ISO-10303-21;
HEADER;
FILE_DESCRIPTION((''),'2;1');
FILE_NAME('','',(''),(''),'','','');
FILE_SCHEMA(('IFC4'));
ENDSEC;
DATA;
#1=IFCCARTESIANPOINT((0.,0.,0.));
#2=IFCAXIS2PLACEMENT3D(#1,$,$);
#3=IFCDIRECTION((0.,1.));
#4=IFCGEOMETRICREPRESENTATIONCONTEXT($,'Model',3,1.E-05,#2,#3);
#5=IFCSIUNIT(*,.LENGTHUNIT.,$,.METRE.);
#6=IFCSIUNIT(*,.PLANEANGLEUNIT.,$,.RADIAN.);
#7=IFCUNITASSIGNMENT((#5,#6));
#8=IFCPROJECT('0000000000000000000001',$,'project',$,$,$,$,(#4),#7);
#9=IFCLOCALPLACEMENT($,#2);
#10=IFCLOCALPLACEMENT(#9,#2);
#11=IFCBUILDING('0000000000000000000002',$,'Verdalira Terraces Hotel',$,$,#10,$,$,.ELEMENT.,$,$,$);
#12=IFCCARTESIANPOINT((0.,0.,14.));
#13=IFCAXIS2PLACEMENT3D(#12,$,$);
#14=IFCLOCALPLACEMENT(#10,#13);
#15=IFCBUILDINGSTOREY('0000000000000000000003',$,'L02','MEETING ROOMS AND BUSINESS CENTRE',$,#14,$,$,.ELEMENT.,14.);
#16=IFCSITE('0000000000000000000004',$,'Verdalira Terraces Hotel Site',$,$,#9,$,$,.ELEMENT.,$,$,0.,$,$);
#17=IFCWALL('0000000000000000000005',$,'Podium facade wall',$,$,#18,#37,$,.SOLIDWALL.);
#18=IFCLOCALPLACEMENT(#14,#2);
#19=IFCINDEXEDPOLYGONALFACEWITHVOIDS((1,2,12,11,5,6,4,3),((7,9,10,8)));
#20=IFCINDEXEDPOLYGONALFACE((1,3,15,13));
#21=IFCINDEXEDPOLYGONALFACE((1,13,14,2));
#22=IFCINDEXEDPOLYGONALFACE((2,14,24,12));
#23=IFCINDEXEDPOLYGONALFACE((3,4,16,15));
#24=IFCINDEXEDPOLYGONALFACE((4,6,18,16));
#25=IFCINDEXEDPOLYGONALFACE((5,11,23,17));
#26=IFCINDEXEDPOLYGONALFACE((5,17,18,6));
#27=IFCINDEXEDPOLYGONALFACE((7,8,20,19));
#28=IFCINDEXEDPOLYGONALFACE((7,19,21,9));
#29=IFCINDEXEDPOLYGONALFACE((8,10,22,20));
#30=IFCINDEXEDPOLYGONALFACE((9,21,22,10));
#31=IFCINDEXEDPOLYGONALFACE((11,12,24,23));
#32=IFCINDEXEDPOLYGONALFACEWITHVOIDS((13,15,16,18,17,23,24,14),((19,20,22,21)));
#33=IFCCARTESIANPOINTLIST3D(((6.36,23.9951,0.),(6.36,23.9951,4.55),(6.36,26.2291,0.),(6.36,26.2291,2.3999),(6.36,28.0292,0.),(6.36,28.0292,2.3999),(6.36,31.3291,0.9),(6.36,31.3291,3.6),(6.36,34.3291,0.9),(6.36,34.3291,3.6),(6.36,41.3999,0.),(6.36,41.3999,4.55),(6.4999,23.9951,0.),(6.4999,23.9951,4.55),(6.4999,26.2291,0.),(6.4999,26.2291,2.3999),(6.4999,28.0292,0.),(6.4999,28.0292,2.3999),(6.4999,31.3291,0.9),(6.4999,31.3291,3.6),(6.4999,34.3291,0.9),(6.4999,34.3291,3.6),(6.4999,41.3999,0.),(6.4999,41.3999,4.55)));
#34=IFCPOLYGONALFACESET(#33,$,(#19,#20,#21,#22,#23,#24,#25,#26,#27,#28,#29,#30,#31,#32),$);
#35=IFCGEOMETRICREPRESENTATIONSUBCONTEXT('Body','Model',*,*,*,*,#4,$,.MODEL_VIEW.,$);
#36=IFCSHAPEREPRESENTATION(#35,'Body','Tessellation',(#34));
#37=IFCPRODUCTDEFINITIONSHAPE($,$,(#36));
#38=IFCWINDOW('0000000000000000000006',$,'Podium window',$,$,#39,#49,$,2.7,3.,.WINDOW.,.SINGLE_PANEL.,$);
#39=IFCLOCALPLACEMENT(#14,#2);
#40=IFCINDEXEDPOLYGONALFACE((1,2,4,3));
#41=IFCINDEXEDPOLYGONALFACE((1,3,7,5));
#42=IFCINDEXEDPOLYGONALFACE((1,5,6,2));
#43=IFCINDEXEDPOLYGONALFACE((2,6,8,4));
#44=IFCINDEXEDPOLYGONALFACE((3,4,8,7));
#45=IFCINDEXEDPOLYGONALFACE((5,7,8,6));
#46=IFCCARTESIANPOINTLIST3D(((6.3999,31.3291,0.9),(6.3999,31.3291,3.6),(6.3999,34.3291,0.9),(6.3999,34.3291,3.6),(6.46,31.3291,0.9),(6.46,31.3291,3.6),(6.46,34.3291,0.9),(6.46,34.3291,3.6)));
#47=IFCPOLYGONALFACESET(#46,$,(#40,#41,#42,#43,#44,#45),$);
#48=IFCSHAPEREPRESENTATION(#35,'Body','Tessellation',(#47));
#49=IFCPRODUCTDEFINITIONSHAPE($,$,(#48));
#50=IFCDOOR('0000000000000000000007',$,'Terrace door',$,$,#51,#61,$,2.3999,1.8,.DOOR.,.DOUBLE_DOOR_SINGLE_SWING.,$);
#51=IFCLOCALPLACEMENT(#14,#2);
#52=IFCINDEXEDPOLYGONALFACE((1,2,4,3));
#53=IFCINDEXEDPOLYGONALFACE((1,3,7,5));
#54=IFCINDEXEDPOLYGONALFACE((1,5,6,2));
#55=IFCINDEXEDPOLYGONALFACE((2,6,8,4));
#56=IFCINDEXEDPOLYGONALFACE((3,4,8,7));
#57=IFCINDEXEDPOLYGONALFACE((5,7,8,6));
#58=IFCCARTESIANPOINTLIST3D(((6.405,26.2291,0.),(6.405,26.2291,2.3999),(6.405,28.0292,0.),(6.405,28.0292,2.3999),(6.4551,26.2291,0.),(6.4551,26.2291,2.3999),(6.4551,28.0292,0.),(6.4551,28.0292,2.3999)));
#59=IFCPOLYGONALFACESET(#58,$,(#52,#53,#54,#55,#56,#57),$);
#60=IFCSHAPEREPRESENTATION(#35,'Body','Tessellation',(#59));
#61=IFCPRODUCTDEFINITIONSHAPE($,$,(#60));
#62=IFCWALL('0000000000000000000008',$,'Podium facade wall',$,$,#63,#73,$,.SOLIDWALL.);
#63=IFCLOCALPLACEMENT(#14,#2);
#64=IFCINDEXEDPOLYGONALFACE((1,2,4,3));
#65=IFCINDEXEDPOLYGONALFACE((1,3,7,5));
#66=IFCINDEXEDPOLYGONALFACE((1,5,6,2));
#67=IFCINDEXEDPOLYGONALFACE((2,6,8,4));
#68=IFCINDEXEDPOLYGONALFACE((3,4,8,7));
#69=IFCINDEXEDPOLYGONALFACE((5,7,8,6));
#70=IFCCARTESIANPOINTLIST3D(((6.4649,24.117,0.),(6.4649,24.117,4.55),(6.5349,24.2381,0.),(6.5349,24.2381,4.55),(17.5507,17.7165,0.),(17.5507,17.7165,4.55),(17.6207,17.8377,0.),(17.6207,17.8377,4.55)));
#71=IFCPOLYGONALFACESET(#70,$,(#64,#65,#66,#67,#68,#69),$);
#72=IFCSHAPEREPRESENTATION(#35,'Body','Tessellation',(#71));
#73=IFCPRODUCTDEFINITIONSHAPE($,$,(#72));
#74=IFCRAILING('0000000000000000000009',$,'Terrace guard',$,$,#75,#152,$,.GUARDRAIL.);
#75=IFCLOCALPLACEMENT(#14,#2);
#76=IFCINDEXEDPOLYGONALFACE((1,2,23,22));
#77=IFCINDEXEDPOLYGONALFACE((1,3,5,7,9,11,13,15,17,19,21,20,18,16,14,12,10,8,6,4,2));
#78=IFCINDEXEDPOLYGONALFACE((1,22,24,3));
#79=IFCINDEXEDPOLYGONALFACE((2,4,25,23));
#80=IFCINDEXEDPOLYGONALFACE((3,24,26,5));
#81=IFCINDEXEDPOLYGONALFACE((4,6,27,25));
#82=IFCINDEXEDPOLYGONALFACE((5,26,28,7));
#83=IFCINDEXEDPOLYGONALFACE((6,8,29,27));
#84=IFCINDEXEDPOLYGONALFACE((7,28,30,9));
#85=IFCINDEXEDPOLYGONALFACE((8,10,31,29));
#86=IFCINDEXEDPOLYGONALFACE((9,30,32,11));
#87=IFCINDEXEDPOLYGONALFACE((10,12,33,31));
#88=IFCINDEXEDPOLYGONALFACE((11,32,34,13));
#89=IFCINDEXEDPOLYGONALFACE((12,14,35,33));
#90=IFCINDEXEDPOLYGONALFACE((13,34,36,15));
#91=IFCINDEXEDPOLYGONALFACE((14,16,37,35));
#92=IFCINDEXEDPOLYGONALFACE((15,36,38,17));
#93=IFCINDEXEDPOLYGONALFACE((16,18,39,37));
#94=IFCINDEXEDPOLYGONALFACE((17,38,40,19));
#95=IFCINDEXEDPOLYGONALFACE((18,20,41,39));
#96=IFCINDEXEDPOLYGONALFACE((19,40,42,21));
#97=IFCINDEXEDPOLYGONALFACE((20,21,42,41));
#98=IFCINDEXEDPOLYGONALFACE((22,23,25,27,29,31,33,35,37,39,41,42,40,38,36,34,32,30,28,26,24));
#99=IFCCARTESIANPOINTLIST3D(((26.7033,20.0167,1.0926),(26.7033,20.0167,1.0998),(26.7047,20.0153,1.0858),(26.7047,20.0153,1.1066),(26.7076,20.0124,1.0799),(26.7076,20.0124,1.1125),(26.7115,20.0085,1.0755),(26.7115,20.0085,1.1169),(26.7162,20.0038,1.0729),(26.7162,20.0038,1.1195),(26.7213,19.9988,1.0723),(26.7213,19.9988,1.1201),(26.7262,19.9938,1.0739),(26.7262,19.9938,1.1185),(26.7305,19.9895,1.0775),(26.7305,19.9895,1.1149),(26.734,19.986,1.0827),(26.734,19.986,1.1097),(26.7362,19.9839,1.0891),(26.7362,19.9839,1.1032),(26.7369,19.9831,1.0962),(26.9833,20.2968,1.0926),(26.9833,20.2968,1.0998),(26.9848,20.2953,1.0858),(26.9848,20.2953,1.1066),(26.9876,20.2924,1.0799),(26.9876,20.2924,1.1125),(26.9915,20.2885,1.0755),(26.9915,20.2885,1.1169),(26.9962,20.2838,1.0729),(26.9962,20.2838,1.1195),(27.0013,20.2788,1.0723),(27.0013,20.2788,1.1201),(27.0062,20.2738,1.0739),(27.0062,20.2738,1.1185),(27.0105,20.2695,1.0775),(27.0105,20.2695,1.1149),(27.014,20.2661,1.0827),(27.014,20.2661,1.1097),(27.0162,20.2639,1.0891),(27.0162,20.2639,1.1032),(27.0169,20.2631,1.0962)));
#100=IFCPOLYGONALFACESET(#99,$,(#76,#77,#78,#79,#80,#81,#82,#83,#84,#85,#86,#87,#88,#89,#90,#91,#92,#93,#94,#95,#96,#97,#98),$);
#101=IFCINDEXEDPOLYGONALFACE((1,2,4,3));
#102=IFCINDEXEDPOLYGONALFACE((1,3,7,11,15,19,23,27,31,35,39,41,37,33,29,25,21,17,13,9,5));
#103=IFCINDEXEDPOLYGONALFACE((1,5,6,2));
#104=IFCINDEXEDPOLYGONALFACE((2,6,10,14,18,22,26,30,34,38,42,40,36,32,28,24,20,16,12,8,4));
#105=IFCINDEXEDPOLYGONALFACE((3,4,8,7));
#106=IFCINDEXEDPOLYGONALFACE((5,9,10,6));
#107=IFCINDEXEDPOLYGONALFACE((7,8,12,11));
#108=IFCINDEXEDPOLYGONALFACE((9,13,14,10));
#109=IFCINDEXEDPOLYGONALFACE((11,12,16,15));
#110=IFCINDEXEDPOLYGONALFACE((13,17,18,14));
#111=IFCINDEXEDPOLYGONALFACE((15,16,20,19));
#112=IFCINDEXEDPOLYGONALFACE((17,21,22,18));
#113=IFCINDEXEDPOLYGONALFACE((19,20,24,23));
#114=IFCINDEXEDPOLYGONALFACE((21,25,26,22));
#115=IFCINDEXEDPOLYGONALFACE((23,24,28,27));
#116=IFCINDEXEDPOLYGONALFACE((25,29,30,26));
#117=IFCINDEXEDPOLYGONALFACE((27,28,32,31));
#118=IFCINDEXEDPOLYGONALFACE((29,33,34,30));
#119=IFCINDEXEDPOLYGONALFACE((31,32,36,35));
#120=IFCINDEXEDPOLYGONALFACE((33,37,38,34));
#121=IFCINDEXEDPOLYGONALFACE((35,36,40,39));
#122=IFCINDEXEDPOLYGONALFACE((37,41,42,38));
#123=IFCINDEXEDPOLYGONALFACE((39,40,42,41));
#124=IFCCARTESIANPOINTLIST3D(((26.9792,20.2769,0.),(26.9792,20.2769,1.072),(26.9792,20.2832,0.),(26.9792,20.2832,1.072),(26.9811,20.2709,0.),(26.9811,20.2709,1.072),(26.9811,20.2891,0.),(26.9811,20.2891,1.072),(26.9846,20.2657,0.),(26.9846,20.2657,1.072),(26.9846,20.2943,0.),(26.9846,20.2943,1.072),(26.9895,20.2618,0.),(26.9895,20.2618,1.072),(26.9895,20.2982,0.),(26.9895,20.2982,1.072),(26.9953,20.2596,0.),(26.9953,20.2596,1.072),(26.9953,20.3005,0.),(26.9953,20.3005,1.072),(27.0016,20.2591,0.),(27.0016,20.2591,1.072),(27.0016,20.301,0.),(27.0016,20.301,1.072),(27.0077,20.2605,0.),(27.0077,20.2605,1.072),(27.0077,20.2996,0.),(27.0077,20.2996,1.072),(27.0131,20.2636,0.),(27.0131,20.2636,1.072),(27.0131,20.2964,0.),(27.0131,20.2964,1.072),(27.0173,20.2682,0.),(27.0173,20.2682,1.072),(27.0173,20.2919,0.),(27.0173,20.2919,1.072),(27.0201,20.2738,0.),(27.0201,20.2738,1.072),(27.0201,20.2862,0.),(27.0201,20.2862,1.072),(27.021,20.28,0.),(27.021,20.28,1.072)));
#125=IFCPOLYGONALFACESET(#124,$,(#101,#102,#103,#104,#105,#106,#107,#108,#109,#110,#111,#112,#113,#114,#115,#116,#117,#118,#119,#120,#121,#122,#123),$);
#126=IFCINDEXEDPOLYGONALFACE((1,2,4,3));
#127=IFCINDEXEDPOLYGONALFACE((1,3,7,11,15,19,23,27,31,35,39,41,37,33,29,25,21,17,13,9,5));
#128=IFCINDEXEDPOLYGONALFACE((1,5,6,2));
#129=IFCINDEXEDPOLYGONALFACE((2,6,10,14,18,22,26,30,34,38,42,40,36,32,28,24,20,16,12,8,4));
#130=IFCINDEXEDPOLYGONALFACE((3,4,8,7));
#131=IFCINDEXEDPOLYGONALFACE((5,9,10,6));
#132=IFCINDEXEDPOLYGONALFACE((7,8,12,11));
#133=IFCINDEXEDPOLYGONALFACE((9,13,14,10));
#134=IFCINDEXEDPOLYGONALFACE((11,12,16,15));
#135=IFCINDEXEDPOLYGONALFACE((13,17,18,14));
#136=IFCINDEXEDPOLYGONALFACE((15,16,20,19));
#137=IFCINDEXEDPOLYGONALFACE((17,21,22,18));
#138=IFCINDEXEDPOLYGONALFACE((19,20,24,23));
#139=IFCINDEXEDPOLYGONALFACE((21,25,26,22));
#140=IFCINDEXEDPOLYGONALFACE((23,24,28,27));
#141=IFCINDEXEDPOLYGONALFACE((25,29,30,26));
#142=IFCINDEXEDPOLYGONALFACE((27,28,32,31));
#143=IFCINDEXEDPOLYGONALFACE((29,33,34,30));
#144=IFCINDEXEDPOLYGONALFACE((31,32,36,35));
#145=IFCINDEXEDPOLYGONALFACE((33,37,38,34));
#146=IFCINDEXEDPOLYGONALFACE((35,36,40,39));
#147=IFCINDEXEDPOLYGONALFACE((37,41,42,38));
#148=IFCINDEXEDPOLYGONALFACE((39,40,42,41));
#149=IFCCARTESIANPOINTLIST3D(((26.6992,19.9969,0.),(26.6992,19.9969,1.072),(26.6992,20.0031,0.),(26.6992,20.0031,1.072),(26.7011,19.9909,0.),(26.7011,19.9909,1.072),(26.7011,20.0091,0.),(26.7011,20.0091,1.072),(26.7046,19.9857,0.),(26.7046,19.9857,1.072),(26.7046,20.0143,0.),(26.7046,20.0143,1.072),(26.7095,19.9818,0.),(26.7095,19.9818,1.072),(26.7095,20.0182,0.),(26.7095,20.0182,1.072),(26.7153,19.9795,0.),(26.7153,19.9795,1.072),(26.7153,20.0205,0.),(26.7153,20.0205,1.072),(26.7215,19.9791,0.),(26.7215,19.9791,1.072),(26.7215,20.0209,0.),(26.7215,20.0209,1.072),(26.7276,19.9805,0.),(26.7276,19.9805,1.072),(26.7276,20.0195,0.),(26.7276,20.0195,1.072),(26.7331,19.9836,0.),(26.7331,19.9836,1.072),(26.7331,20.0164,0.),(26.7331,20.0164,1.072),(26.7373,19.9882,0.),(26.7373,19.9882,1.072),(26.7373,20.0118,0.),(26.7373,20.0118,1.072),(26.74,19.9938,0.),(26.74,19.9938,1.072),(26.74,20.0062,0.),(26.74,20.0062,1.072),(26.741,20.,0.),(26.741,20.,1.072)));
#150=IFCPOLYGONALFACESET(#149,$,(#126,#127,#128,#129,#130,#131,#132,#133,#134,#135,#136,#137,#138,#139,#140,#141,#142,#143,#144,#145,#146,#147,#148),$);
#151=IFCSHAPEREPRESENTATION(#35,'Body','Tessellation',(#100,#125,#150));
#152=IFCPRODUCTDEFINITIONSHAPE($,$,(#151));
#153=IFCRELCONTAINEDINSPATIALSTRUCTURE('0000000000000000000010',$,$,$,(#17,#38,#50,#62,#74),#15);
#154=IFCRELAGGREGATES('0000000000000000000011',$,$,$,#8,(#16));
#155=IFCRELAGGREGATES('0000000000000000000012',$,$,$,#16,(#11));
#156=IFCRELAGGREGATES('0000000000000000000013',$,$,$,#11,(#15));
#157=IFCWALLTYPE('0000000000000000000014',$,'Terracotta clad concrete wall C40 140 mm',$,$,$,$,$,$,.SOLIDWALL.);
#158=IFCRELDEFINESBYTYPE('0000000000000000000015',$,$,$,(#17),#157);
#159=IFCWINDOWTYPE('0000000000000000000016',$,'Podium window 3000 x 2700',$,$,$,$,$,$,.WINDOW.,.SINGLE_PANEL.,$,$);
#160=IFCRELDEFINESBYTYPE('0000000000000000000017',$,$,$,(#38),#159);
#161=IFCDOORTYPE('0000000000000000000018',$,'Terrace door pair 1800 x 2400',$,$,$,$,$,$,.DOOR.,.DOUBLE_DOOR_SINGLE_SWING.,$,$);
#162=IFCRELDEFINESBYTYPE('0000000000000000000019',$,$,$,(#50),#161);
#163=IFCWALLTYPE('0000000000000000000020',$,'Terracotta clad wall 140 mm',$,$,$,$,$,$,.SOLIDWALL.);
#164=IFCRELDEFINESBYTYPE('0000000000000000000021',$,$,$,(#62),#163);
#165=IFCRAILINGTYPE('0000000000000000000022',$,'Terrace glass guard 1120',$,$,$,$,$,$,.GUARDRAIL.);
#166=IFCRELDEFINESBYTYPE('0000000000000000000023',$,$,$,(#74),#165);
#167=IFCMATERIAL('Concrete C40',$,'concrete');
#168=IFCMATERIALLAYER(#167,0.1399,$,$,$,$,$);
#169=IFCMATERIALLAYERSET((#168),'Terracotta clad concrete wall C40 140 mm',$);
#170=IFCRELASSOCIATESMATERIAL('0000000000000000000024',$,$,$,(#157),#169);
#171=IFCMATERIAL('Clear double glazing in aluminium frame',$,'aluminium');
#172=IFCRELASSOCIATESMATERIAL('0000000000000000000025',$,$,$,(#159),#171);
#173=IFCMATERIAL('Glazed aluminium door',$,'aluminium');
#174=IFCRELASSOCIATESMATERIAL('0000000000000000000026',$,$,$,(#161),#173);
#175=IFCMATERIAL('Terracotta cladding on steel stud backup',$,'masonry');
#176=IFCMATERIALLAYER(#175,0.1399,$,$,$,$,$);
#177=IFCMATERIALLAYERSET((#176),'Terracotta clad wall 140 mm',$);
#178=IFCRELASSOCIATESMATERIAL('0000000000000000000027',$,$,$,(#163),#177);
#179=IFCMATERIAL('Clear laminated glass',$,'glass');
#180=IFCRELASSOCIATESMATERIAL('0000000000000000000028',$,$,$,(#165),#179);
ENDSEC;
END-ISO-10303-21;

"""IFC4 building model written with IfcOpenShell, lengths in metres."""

from ifc_helpers import new_model, si_unit, direction, frame, frame_2d, origin, origin_2d, place, context, subcontext, project, spatial, rectangle, circle, extrude, material, layer, layer_set, type_object, element, fill, save


model = new_model("IFC4")

# Units and contexts
model_context = context("Model", 3, precision=1e-05, world=origin(), true_north=direction((0.0, 1.0)))
body_context = subcontext(model_context, "Body", "Model", "MODEL_VIEW")
ifc_project = project(units=[si_unit("LENGTHUNIT", "METRE"), si_unit("PLANEANGLEUNIT", "RADIAN")], contexts=[model_context])

# Site, building, storey
site_placement = place(None, origin())
site = spatial("IfcSite", under=ifc_project, at=site_placement, Name="Verdalira Terraces Hotel Site", CompositionType="ELEMENT", RefElevation=0.0)
building_placement = place(site_placement, origin())
building = spatial("IfcBuilding", under=site, at=building_placement, Name="Verdalira Terraces Hotel", CompositionType="ELEMENT")
storey_placement = place(building_placement, frame((0.0, 0.0, 14.0)))
storey = spatial("IfcBuildingStorey", under=building, at=storey_placement, Name="L02", Description="MEETING ROOMS AND BUSINESS CENTRE", CompositionType="ELEMENT", Elevation=14.0)

# Wall, openings, window, door
ifc_material_1 = material(Name="Concrete C40", Category="concrete")
ifc_layer_1 = layer(ifc_material_1, 0.1399)
ifc_layer_set_1 = layer_set([ifc_layer_1], Name="Terracotta clad concrete wall C40 140 mm")
wall_type_1 = type_object("IfcWallType", Name="Terracotta clad concrete wall C40 140 mm", PredefinedType="SOLIDWALL", material=ifc_layer_set_1)
wall_1_placement = place(storey_placement, frame((6.4299, 23.9951, 0.0), z_axis=(0.0, 0.0, 1.0), x_axis=(0.0, 1.0, 0.0)))
wall_1 = element("IfcWall", 1, at=wall_1_placement, inside=storey, type_object=wall_type_1, Name="Podium facade wall", PredefinedType="SOLIDWALL", context=body_context, shape_type="SweptSolid", body=[
    extrude(rectangle(XDim=17.4048, YDim=0.1399, at=frame_2d((8.7024, 0.0))), origin(), (0.0, 0.0, 1.0), 4.55),
])
opening_1_placement = place(wall_1_placement, frame((2.2341, 0.0, 0.0)))
opening_1 = element("IfcOpeningElement", 2, at=opening_1_placement, cuts=wall_1, PredefinedType="OPENING", context=body_context, shape_type="SweptSolid", body=[
    extrude(rectangle(XDim=1.8, YDim=2.3999, at=frame_2d((0.8999, 1.2))), frame((0.0, 0.0798, 0.0), z_axis=(0.0, -1.0, 0.0), x_axis=(1.0, 0.0, 0.0)), (0.0, 0.0, 1.0), 0.1599),
])
opening_2_placement = place(wall_1_placement, frame((7.334, 0.0, 0.8999)))
opening_2 = element("IfcOpeningElement", 3, at=opening_2_placement, cuts=wall_1, PredefinedType="OPENING", context=body_context, shape_type="SweptSolid", body=[
    extrude(rectangle(XDim=3.0, YDim=2.7, at=frame_2d((1.5, 1.3501))), frame((0.0, 0.0798, 0.0), z_axis=(0.0, -1.0, 0.0), x_axis=(1.0, 0.0, 0.0)), (0.0, 0.0, 1.0), 0.1599),
])
ifc_material_2 = material(Name="Clear double glazing in aluminium frame", Category="aluminium")
window_type = type_object("IfcWindowType", Name="Podium window 3000 x 2700", PartitioningType="SINGLE_PANEL", PredefinedType="WINDOW", material=ifc_material_2)
window_placement = place(opening_2_placement, origin())
window = element("IfcWindow", 4, at=window_placement, inside=storey, type_object=window_type, Name="Podium window", OverallHeight=2.7, OverallWidth=3.0, PartitioningType="SINGLE_PANEL", PredefinedType="WINDOW", context=body_context, shape_type="SweptSolid", body=[
    extrude(rectangle(XDim=3.0, YDim=2.7, at=frame_2d((1.5, 1.3501))), frame((0.0, 0.03, 0.0), z_axis=(0.0, -1.0, 0.0), x_axis=(1.0, 0.0, 0.0)), (0.0, 0.0, 1.0), 0.0601),
])
fill(opening_2, window)
ifc_material_3 = material(Name="Glazed aluminium door", Category="aluminium")
door_type_1 = type_object("IfcDoorType", Name="Terrace door pair 1800 x 2400", OperationType="DOUBLE_DOOR_SINGLE_SWING", PredefinedType="DOOR", material=ifc_material_3)
door_1_placement = place(opening_1_placement, origin())
door_1 = element("IfcDoor", 5, at=door_1_placement, inside=storey, type_object=door_type_1, Name="Terrace door", OperationType="DOUBLE_DOOR_SINGLE_SWING", OverallHeight=2.3999, OverallWidth=1.8, PredefinedType="DOOR", context=body_context, shape_type="SweptSolid", body=[
    extrude(rectangle(XDim=1.8, YDim=2.3999, at=frame_2d((0.8999, 1.2))), frame((0.0, 0.0249, 0.0), z_axis=(0.0, -1.0, 0.0), x_axis=(1.0, 0.0, 0.0)), (0.0, 0.0, 1.0), 0.05),
])
fill(opening_1, door_1)

# Wall
ifc_material_4 = material(Name="Terracotta cladding on steel stud backup", Category="masonry")
ifc_layer_2 = layer(ifc_material_4, 0.1399)
ifc_layer_set_2 = layer_set([ifc_layer_2], Name="Terracotta clad wall 140 mm")
wall_type_2 = type_object("IfcWallType", Name="Terracotta clad wall 140 mm", PredefinedType="SOLIDWALL", material=ifc_layer_set_2)
wall_2_placement = place(storey_placement, frame((17.5857, 17.7771, 0.0), z_axis=(0.0, 0.0, 1.0), x_axis=(-0.866023, 0.500004, 0.0)))
element("IfcWall", 6, at=wall_2_placement, inside=storey, type_object=wall_type_2, Name="Podium facade wall", PredefinedType="SOLIDWALL", context=body_context, shape_type="SweptSolid", body=[
    extrude(rectangle(XDim=12.8008, YDim=0.1399, at=frame_2d((6.4004, 0.0))), origin(), (0.0, 0.0, 1.0), 4.55),
])

# Railing
ifc_material_5 = material(Name="Clear laminated glass", Category="glass")
railing_type = type_object("IfcRailingType", Name="Terrace glass guard 1120", PredefinedType="GUARDRAIL", material=ifc_material_5)
railing_1_placement = place(storey_placement, frame((27.0, 20.28, 0.0)))
element("IfcRailing", 7, at=railing_1_placement, inside=storey, type_object=railing_type, Name="Terrace guard", PredefinedType="GUARDRAIL", context=body_context, shape_type="SweptSolid", body=[
    extrude(circle(Radius=0.0239, at=origin_2d()), frame((0.0, 0.0, 1.0962), z_axis=(-0.707107, -0.707107, 0.0), x_axis=(0.707107, -0.707107, 0.0)), (0.0, 0.0, 1.0), 0.396),
    extrude(circle(Radius=0.021, at=origin_2d()), origin(), (0.0, 0.0, 1.0), 1.072),
    extrude(circle(Radius=0.021, at=origin_2d()), frame((-0.28, -0.28, 0.0)), (0.0, 0.0, 1.0), 1.072),
])

save(model, "model.ifc")
